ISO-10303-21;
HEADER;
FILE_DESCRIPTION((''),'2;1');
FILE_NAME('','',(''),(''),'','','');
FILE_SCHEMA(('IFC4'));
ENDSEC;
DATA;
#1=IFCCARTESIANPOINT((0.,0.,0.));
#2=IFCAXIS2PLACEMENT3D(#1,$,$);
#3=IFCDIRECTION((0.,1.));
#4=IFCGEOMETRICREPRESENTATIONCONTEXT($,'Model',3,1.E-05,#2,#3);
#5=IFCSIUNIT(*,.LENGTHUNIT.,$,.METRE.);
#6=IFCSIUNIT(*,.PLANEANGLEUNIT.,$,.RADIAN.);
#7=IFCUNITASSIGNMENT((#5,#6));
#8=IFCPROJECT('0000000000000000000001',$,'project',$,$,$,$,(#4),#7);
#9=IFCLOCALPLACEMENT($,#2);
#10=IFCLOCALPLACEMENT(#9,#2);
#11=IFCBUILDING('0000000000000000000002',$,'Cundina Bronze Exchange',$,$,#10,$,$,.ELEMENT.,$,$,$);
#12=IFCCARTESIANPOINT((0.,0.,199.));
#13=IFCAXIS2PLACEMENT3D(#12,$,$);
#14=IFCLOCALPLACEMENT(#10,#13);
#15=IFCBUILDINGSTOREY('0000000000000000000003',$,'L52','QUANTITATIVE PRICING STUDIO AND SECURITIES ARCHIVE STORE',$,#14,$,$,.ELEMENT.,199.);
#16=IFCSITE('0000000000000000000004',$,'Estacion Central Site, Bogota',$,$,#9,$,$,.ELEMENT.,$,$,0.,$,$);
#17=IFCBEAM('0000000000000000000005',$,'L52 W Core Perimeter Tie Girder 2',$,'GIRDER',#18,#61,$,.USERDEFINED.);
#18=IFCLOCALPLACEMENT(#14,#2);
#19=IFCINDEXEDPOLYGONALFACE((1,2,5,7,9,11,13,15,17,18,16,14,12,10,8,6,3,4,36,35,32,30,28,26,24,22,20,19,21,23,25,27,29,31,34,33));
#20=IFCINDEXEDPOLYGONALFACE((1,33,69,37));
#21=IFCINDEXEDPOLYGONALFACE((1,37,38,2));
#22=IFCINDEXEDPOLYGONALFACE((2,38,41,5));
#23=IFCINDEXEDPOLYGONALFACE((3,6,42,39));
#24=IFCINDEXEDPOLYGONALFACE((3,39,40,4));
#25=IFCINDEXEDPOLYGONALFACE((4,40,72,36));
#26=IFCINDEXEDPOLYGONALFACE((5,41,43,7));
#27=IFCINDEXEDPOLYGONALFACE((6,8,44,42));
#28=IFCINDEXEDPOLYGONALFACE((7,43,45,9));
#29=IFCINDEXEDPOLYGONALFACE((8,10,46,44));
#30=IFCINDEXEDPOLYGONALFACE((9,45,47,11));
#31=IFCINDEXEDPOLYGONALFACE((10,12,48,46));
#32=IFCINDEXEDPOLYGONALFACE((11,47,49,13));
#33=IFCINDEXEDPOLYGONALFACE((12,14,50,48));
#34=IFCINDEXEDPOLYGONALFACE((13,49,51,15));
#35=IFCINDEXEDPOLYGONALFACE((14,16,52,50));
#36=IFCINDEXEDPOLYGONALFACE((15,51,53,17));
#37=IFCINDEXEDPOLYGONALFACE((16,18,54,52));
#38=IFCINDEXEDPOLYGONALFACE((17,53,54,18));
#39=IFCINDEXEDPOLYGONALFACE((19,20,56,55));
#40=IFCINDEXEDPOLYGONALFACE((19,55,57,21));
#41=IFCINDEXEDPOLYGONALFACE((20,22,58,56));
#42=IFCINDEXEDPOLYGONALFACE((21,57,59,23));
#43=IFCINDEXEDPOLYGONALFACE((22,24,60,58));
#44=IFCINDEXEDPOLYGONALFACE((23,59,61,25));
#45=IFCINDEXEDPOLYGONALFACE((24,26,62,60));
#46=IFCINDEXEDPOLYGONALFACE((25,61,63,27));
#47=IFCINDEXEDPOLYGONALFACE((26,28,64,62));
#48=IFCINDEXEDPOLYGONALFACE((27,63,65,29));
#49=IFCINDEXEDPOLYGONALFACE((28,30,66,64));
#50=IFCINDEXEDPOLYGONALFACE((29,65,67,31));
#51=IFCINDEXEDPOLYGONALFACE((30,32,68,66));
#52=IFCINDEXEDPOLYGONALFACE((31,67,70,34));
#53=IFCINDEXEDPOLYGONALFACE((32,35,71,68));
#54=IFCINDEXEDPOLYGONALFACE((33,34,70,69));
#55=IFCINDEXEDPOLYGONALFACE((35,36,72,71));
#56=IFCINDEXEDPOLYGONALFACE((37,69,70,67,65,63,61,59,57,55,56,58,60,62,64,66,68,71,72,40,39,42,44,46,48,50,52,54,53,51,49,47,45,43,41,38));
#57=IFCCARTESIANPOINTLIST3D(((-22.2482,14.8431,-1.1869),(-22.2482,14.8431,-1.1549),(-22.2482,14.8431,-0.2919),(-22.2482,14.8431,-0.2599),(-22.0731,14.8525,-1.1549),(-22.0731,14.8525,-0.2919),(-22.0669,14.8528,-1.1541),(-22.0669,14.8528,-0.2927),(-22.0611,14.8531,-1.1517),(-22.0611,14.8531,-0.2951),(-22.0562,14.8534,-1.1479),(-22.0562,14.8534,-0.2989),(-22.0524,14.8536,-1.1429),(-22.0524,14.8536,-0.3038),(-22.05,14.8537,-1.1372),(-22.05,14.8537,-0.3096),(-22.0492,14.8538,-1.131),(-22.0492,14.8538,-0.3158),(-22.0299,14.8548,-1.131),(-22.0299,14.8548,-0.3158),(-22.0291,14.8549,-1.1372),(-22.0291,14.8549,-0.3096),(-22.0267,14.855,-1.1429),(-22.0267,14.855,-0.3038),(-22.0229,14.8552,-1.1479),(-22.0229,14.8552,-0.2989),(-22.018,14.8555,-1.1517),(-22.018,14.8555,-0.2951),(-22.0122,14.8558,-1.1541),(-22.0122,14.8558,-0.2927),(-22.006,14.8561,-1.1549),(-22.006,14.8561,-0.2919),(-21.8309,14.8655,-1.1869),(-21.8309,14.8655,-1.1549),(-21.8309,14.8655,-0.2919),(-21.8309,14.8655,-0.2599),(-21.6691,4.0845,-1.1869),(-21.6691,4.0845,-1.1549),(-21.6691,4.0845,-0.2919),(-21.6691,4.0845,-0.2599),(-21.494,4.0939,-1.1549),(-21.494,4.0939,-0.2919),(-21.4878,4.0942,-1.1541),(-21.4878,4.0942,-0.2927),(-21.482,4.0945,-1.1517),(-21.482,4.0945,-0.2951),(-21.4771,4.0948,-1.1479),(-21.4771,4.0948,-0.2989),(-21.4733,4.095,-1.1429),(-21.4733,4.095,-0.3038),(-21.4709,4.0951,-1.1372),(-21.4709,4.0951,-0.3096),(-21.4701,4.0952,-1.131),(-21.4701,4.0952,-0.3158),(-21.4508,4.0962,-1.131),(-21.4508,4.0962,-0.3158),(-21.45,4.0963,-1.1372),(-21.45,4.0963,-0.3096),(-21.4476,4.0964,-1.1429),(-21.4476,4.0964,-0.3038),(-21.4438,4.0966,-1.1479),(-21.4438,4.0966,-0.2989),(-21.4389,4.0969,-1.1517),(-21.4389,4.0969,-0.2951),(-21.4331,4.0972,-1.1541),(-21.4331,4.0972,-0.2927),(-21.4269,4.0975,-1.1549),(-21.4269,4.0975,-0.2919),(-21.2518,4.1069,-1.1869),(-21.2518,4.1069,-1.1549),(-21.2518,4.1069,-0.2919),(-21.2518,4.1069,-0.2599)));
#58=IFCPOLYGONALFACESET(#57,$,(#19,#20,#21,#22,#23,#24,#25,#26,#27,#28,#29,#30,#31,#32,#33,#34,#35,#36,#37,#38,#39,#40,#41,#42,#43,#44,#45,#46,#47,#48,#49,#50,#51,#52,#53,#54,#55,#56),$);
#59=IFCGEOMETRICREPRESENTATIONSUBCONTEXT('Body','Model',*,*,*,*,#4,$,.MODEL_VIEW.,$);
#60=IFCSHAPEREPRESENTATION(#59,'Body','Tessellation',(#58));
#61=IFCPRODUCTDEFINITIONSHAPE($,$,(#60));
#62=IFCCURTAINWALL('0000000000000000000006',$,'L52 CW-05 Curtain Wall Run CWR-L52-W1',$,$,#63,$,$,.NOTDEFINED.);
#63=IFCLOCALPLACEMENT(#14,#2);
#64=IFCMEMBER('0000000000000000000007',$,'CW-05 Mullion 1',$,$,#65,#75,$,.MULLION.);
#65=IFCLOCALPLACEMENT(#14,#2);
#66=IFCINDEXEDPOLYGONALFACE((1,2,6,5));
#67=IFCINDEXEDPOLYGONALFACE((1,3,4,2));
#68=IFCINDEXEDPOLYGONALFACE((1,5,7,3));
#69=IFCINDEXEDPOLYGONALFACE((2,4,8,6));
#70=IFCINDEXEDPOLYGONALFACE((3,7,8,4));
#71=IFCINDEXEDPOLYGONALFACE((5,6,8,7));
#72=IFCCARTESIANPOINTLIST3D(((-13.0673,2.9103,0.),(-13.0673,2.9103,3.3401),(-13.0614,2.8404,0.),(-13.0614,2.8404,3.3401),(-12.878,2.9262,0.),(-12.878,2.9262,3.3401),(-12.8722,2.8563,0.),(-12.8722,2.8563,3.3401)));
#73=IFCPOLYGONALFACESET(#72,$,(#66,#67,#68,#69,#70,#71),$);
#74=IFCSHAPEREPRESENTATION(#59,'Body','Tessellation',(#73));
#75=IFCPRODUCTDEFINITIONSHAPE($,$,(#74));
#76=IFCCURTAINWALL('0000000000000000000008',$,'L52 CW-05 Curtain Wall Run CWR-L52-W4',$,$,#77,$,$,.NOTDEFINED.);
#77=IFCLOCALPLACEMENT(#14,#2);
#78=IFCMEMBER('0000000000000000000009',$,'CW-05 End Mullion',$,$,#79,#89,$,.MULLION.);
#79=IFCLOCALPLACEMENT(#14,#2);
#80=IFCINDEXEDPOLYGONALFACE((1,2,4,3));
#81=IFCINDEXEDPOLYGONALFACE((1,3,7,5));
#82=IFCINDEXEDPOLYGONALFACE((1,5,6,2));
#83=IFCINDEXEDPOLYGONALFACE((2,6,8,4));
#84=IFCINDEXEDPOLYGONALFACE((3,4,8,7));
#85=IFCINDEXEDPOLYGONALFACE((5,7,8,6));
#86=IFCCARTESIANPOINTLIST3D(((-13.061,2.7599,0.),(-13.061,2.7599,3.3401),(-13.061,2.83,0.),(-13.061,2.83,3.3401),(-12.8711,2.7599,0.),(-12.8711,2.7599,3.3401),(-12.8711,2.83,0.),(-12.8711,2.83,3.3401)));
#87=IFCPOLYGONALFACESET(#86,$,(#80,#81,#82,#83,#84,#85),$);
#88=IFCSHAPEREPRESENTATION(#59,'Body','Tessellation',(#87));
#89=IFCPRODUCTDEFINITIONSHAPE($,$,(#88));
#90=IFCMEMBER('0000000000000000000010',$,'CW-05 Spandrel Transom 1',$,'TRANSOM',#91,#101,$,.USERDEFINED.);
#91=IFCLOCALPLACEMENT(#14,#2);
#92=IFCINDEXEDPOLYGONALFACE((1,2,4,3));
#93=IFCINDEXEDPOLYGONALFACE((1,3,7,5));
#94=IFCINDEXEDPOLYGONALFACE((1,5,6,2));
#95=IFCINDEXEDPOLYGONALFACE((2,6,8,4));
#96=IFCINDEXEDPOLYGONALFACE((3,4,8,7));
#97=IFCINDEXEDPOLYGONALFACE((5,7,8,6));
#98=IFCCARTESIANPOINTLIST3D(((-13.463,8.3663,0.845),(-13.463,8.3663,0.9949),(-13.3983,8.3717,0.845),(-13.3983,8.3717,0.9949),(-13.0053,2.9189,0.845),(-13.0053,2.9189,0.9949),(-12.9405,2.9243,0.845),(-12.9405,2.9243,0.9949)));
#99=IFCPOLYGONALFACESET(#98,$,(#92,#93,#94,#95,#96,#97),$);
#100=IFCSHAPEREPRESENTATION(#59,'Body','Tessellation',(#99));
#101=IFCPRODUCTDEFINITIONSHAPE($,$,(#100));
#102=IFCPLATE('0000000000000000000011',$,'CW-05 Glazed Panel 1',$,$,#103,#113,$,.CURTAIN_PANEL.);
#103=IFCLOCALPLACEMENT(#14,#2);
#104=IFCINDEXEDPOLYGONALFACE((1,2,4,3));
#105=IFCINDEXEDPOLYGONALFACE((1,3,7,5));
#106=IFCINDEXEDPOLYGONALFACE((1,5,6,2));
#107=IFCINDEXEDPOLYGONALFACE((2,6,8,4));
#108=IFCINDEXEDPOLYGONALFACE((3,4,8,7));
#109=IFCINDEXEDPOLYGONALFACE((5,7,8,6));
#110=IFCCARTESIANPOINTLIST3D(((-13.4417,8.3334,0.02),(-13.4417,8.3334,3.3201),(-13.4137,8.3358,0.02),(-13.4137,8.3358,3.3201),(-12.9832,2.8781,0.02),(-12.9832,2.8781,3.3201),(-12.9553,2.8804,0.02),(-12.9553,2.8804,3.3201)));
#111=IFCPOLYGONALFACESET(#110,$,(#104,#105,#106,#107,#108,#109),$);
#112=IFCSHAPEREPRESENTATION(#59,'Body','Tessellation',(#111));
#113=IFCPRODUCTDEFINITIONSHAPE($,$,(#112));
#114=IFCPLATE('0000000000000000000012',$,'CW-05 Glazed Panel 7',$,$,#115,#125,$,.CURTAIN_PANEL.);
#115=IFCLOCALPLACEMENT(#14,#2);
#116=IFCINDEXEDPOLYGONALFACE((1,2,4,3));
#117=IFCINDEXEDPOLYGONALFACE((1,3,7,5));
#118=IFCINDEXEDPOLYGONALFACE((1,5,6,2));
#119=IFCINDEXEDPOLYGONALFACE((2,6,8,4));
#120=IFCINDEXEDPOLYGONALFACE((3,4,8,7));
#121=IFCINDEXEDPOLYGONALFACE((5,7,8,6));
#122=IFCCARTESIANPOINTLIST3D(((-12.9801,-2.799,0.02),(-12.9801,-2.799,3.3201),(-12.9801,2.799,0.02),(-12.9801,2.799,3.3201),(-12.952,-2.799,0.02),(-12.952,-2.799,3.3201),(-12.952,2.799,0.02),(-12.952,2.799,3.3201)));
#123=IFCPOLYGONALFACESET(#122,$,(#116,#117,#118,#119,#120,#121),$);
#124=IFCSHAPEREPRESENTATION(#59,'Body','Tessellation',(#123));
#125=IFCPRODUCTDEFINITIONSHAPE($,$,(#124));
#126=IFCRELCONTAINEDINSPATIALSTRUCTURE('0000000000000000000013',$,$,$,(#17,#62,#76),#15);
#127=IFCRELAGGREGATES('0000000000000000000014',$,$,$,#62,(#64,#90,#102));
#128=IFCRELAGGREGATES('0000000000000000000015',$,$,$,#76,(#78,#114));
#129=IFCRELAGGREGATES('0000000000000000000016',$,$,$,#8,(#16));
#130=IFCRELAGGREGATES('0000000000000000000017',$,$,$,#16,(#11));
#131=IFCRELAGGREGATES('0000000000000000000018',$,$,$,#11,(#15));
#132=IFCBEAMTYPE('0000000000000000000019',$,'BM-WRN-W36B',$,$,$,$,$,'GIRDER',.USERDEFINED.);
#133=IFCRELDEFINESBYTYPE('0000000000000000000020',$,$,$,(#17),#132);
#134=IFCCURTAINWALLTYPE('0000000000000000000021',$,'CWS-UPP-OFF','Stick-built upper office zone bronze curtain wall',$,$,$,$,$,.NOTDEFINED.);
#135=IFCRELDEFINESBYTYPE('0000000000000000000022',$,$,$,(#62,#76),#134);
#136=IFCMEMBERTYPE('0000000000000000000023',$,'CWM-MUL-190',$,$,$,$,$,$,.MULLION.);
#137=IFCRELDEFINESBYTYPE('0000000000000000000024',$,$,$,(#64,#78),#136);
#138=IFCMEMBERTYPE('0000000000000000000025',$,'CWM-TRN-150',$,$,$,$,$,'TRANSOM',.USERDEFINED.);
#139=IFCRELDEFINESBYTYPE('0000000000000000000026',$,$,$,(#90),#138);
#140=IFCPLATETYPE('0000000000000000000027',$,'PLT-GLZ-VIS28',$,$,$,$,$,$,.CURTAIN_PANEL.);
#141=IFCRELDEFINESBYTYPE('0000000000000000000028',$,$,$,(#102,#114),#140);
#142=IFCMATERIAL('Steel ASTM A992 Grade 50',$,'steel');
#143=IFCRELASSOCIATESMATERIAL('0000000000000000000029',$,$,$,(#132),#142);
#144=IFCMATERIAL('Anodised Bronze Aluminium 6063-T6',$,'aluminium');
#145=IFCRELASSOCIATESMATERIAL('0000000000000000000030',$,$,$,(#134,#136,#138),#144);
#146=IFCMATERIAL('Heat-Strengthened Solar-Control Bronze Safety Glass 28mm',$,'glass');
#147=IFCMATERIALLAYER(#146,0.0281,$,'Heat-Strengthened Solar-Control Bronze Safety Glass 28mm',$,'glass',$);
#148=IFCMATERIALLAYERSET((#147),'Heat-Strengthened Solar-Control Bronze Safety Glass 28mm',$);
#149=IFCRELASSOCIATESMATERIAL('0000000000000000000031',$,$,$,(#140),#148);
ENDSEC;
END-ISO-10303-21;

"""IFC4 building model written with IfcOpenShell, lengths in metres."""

from ifc_helpers import new_model, si_unit, direction, frame, origin, origin_2d, place, context, subcontext, project, spatial, rectangle, i_section, extrude, material, layer, layer_set, material_profile, profile_set, type_object, element, aggregate, save


model = new_model("IFC4")

# Units and contexts
model_context = context("Model", 3, precision=1e-05, world=origin(), true_north=direction((0.0, 1.0)))
body_context = subcontext(model_context, "Body", "Model", "MODEL_VIEW")
ifc_project = project(units=[si_unit("LENGTHUNIT", "METRE"), si_unit("PLANEANGLEUNIT", "RADIAN")], contexts=[model_context])

# Site, building, storey
site_placement = place(None, origin())
site = spatial("IfcSite", under=ifc_project, at=site_placement, Name="Estacion Central Site, Bogota", CompositionType="ELEMENT", RefElevation=0.0)
building_placement = place(site_placement, origin())
building = spatial("IfcBuilding", under=site, at=building_placement, Name="Cundina Bronze Exchange", CompositionType="ELEMENT")
storey_placement = place(building_placement, frame((0.0, 0.0, 199.0)))
storey = spatial("IfcBuildingStorey", under=building, at=storey_placement, Name="L52", Description="QUANTITATIVE PRICING STUDIO AND SECURITIES ARCHIVE STORE", CompositionType="ELEMENT", Elevation=199.0)

# Shared definitions
ifc_material_1 = material(Name="Steel ASTM A992 Grade 50", Category="steel")

# Beam
ifc_material_profile_1 = material_profile(ifc_material_1, i_section(OverallWidth=0.418, OverallDepth=0.927, WebThickness=0.0193, FlangeThickness=0.032, FilletRadius=0.0239, at=origin_2d()), Name="W36X231", Category="steel")
ifc_profile_set_1 = profile_set([ifc_material_profile_1], Name="Steel ASTM A992 Grade 50")
beam_type_1 = type_object("IfcBeamType", Name="BM-WRN-W36B", ElementType="GIRDER", PredefinedType="USERDEFINED", material=ifc_profile_set_1)
beam_1_placement = place(storey_placement, frame((-21.4604, 4.0957, -0.7234), z_axis=(-0.053749, 0.998554, 0.0), x_axis=(-0.998554, -0.053749, 0.0)))
element("IfcBeam", 1, at=beam_1_placement, inside=storey, type_object=beam_type_1, Name="L52 W Core Perimeter Tie Girder 2", ObjectType="GIRDER", PredefinedType="USERDEFINED", context=body_context, shape_type="SweptSolid", body=[
    extrude(i_section(OverallWidth=0.418, OverallDepth=0.927, WebThickness=0.0193, FlangeThickness=0.032, FilletRadius=0.0239, at=origin_2d()), origin(), (0.0, 0.0, 1.0), 10.7742),
])

# Curtain walls, members
ifc_material_2 = material(Name="Anodised Bronze Aluminium 6063-T6", Category="aluminium")
curtain_wall_type = type_object("IfcCurtainWallType", Name="CWS-UPP-OFF", Description="Stick-built upper office zone bronze curtain wall", PredefinedType="NOTDEFINED", material=ifc_material_2)
curtain_wall_1_placement = place(storey_placement, origin())
curtain_wall_1 = element("IfcCurtainWall", 2, at=curtain_wall_1_placement, inside=storey, type_object=curtain_wall_type, Name="L52 CW-05 Curtain Wall Run CWR-L52-W1", PredefinedType="NOTDEFINED")
ifc_material_profile_2 = material_profile(ifc_material_2, rectangle(XDim=0.0701, YDim=0.1899, at=origin_2d()), Name="AL70X190", Category="aluminium")
ifc_profile_set_2 = profile_set([ifc_material_profile_2], Name="Anodised Bronze Aluminium 6063-T6")
member_type_1 = type_object("IfcMemberType", Name="CWM-MUL-190", PredefinedType="MULLION", material=ifc_profile_set_2)
member_1_placement = place(storey_placement, frame((-12.9697, 2.8833, 0.0), z_axis=(0.0, 0.0, 1.0), x_axis=(-0.083678, 0.996493, 0.0)))
member_1 = element("IfcMember", 3, at=member_1_placement, type_object=member_type_1, Name="CW-05 Mullion 1", PredefinedType="MULLION", context=body_context, shape_type="SweptSolid", body=[
    extrude(rectangle(XDim=0.0701, YDim=0.1899, at=origin_2d()), origin(), (0.0, 0.0, 1.0), 3.3401),
])
curtain_wall_2_placement = place(storey_placement, origin())
curtain_wall_2 = element("IfcCurtainWall", 4, at=curtain_wall_2_placement, inside=storey, type_object=curtain_wall_type, Name="L52 CW-05 Curtain Wall Run CWR-L52-W4", PredefinedType="NOTDEFINED")
member_2_placement = place(storey_placement, frame((-12.9661, 2.7949, 0.0), z_axis=(0.0, 0.0, 1.0), x_axis=(0.0, 1.0, 0.0)))
member_2 = element("IfcMember", 5, at=member_2_placement, type_object=member_type_1, Name="CW-05 End Mullion", PredefinedType="MULLION", context=body_context, shape_type="SweptSolid", body=[
    extrude(rectangle(XDim=0.0701, YDim=0.1899, at=origin_2d()), origin(), (0.0, 0.0, 1.0), 3.3401),
])

# Member
ifc_material_profile_3 = material_profile(ifc_material_2, rectangle(XDim=0.0649, YDim=0.1499, at=origin_2d()), Name="AL65X150", Category="aluminium")
ifc_profile_set_3 = profile_set([ifc_material_profile_3], Name="Anodised Bronze Aluminium 6063-T6")
member_type_2 = type_object("IfcMemberType", Name="CWM-TRN-150", ElementType="TRANSOM", PredefinedType="USERDEFINED", material=ifc_profile_set_3)
member_3_placement = place(storey_placement, frame((-12.9729, 2.9216, 0.9199), z_axis=(-0.08374, 0.996488, 0.0), x_axis=(-0.996488, -0.08374, 0.0)))
member_3 = element("IfcMember", 6, at=member_3_placement, type_object=member_type_2, Name="CW-05 Spandrel Transom 1", ObjectType="TRANSOM", PredefinedType="USERDEFINED", context=body_context, shape_type="SweptSolid", body=[
    extrude(rectangle(XDim=0.0649, YDim=0.1499, at=origin_2d()), origin(), (0.0, 0.0, 1.0), 5.4666),
])

# Plates
ifc_material_3 = material(Name="Heat-Strengthened Solar-Control Bronze Safety Glass 28mm", Category="glass")
ifc_layer_1 = layer(ifc_material_3, 0.0281, Name="Heat-Strengthened Solar-Control Bronze Safety Glass 28mm", Category="glass")
ifc_layer_set_1 = layer_set([ifc_layer_1], Name="Heat-Strengthened Solar-Control Bronze Safety Glass 28mm")
plate_type = type_object("IfcPlateType", Name="PLT-GLZ-VIS28", PredefinedType="CURTAIN_PANEL", material=ifc_layer_set_1)
plate_1_placement = place(storey_placement, frame((-13.1985, 5.6069, 0.02), z_axis=(0.0, 0.0, 1.0), x_axis=(-0.083747, 0.996487, 0.0)))
plate_1 = element("IfcPlate", 7, at=plate_1_placement, type_object=plate_type, Name="CW-05 Glazed Panel 1", PredefinedType="CURTAIN_PANEL", context=body_context, shape_type="SweptSolid", body=[
    extrude(rectangle(XDim=5.4746, YDim=0.0281, at=origin_2d()), origin(), (0.0, 0.0, 1.0), 3.3),
])
aggregate(curtain_wall_1, [member_1, member_3, plate_1])
plate_2_placement = place(storey_placement, frame((-12.9661, 0.0, 0.02), z_axis=(0.0, 0.0, 1.0), x_axis=(0.0, 1.0, 0.0)))
plate_2 = element("IfcPlate", 8, at=plate_2_placement, type_object=plate_type, Name="CW-05 Glazed Panel 7", PredefinedType="CURTAIN_PANEL", context=body_context, shape_type="SweptSolid", body=[
    extrude(rectangle(XDim=5.5979, YDim=0.0281, at=origin_2d()), origin(), (0.0, 0.0, 1.0), 3.3),
])
aggregate(curtain_wall_2, [member_2, plate_2])

save(model, "model.ifc")
